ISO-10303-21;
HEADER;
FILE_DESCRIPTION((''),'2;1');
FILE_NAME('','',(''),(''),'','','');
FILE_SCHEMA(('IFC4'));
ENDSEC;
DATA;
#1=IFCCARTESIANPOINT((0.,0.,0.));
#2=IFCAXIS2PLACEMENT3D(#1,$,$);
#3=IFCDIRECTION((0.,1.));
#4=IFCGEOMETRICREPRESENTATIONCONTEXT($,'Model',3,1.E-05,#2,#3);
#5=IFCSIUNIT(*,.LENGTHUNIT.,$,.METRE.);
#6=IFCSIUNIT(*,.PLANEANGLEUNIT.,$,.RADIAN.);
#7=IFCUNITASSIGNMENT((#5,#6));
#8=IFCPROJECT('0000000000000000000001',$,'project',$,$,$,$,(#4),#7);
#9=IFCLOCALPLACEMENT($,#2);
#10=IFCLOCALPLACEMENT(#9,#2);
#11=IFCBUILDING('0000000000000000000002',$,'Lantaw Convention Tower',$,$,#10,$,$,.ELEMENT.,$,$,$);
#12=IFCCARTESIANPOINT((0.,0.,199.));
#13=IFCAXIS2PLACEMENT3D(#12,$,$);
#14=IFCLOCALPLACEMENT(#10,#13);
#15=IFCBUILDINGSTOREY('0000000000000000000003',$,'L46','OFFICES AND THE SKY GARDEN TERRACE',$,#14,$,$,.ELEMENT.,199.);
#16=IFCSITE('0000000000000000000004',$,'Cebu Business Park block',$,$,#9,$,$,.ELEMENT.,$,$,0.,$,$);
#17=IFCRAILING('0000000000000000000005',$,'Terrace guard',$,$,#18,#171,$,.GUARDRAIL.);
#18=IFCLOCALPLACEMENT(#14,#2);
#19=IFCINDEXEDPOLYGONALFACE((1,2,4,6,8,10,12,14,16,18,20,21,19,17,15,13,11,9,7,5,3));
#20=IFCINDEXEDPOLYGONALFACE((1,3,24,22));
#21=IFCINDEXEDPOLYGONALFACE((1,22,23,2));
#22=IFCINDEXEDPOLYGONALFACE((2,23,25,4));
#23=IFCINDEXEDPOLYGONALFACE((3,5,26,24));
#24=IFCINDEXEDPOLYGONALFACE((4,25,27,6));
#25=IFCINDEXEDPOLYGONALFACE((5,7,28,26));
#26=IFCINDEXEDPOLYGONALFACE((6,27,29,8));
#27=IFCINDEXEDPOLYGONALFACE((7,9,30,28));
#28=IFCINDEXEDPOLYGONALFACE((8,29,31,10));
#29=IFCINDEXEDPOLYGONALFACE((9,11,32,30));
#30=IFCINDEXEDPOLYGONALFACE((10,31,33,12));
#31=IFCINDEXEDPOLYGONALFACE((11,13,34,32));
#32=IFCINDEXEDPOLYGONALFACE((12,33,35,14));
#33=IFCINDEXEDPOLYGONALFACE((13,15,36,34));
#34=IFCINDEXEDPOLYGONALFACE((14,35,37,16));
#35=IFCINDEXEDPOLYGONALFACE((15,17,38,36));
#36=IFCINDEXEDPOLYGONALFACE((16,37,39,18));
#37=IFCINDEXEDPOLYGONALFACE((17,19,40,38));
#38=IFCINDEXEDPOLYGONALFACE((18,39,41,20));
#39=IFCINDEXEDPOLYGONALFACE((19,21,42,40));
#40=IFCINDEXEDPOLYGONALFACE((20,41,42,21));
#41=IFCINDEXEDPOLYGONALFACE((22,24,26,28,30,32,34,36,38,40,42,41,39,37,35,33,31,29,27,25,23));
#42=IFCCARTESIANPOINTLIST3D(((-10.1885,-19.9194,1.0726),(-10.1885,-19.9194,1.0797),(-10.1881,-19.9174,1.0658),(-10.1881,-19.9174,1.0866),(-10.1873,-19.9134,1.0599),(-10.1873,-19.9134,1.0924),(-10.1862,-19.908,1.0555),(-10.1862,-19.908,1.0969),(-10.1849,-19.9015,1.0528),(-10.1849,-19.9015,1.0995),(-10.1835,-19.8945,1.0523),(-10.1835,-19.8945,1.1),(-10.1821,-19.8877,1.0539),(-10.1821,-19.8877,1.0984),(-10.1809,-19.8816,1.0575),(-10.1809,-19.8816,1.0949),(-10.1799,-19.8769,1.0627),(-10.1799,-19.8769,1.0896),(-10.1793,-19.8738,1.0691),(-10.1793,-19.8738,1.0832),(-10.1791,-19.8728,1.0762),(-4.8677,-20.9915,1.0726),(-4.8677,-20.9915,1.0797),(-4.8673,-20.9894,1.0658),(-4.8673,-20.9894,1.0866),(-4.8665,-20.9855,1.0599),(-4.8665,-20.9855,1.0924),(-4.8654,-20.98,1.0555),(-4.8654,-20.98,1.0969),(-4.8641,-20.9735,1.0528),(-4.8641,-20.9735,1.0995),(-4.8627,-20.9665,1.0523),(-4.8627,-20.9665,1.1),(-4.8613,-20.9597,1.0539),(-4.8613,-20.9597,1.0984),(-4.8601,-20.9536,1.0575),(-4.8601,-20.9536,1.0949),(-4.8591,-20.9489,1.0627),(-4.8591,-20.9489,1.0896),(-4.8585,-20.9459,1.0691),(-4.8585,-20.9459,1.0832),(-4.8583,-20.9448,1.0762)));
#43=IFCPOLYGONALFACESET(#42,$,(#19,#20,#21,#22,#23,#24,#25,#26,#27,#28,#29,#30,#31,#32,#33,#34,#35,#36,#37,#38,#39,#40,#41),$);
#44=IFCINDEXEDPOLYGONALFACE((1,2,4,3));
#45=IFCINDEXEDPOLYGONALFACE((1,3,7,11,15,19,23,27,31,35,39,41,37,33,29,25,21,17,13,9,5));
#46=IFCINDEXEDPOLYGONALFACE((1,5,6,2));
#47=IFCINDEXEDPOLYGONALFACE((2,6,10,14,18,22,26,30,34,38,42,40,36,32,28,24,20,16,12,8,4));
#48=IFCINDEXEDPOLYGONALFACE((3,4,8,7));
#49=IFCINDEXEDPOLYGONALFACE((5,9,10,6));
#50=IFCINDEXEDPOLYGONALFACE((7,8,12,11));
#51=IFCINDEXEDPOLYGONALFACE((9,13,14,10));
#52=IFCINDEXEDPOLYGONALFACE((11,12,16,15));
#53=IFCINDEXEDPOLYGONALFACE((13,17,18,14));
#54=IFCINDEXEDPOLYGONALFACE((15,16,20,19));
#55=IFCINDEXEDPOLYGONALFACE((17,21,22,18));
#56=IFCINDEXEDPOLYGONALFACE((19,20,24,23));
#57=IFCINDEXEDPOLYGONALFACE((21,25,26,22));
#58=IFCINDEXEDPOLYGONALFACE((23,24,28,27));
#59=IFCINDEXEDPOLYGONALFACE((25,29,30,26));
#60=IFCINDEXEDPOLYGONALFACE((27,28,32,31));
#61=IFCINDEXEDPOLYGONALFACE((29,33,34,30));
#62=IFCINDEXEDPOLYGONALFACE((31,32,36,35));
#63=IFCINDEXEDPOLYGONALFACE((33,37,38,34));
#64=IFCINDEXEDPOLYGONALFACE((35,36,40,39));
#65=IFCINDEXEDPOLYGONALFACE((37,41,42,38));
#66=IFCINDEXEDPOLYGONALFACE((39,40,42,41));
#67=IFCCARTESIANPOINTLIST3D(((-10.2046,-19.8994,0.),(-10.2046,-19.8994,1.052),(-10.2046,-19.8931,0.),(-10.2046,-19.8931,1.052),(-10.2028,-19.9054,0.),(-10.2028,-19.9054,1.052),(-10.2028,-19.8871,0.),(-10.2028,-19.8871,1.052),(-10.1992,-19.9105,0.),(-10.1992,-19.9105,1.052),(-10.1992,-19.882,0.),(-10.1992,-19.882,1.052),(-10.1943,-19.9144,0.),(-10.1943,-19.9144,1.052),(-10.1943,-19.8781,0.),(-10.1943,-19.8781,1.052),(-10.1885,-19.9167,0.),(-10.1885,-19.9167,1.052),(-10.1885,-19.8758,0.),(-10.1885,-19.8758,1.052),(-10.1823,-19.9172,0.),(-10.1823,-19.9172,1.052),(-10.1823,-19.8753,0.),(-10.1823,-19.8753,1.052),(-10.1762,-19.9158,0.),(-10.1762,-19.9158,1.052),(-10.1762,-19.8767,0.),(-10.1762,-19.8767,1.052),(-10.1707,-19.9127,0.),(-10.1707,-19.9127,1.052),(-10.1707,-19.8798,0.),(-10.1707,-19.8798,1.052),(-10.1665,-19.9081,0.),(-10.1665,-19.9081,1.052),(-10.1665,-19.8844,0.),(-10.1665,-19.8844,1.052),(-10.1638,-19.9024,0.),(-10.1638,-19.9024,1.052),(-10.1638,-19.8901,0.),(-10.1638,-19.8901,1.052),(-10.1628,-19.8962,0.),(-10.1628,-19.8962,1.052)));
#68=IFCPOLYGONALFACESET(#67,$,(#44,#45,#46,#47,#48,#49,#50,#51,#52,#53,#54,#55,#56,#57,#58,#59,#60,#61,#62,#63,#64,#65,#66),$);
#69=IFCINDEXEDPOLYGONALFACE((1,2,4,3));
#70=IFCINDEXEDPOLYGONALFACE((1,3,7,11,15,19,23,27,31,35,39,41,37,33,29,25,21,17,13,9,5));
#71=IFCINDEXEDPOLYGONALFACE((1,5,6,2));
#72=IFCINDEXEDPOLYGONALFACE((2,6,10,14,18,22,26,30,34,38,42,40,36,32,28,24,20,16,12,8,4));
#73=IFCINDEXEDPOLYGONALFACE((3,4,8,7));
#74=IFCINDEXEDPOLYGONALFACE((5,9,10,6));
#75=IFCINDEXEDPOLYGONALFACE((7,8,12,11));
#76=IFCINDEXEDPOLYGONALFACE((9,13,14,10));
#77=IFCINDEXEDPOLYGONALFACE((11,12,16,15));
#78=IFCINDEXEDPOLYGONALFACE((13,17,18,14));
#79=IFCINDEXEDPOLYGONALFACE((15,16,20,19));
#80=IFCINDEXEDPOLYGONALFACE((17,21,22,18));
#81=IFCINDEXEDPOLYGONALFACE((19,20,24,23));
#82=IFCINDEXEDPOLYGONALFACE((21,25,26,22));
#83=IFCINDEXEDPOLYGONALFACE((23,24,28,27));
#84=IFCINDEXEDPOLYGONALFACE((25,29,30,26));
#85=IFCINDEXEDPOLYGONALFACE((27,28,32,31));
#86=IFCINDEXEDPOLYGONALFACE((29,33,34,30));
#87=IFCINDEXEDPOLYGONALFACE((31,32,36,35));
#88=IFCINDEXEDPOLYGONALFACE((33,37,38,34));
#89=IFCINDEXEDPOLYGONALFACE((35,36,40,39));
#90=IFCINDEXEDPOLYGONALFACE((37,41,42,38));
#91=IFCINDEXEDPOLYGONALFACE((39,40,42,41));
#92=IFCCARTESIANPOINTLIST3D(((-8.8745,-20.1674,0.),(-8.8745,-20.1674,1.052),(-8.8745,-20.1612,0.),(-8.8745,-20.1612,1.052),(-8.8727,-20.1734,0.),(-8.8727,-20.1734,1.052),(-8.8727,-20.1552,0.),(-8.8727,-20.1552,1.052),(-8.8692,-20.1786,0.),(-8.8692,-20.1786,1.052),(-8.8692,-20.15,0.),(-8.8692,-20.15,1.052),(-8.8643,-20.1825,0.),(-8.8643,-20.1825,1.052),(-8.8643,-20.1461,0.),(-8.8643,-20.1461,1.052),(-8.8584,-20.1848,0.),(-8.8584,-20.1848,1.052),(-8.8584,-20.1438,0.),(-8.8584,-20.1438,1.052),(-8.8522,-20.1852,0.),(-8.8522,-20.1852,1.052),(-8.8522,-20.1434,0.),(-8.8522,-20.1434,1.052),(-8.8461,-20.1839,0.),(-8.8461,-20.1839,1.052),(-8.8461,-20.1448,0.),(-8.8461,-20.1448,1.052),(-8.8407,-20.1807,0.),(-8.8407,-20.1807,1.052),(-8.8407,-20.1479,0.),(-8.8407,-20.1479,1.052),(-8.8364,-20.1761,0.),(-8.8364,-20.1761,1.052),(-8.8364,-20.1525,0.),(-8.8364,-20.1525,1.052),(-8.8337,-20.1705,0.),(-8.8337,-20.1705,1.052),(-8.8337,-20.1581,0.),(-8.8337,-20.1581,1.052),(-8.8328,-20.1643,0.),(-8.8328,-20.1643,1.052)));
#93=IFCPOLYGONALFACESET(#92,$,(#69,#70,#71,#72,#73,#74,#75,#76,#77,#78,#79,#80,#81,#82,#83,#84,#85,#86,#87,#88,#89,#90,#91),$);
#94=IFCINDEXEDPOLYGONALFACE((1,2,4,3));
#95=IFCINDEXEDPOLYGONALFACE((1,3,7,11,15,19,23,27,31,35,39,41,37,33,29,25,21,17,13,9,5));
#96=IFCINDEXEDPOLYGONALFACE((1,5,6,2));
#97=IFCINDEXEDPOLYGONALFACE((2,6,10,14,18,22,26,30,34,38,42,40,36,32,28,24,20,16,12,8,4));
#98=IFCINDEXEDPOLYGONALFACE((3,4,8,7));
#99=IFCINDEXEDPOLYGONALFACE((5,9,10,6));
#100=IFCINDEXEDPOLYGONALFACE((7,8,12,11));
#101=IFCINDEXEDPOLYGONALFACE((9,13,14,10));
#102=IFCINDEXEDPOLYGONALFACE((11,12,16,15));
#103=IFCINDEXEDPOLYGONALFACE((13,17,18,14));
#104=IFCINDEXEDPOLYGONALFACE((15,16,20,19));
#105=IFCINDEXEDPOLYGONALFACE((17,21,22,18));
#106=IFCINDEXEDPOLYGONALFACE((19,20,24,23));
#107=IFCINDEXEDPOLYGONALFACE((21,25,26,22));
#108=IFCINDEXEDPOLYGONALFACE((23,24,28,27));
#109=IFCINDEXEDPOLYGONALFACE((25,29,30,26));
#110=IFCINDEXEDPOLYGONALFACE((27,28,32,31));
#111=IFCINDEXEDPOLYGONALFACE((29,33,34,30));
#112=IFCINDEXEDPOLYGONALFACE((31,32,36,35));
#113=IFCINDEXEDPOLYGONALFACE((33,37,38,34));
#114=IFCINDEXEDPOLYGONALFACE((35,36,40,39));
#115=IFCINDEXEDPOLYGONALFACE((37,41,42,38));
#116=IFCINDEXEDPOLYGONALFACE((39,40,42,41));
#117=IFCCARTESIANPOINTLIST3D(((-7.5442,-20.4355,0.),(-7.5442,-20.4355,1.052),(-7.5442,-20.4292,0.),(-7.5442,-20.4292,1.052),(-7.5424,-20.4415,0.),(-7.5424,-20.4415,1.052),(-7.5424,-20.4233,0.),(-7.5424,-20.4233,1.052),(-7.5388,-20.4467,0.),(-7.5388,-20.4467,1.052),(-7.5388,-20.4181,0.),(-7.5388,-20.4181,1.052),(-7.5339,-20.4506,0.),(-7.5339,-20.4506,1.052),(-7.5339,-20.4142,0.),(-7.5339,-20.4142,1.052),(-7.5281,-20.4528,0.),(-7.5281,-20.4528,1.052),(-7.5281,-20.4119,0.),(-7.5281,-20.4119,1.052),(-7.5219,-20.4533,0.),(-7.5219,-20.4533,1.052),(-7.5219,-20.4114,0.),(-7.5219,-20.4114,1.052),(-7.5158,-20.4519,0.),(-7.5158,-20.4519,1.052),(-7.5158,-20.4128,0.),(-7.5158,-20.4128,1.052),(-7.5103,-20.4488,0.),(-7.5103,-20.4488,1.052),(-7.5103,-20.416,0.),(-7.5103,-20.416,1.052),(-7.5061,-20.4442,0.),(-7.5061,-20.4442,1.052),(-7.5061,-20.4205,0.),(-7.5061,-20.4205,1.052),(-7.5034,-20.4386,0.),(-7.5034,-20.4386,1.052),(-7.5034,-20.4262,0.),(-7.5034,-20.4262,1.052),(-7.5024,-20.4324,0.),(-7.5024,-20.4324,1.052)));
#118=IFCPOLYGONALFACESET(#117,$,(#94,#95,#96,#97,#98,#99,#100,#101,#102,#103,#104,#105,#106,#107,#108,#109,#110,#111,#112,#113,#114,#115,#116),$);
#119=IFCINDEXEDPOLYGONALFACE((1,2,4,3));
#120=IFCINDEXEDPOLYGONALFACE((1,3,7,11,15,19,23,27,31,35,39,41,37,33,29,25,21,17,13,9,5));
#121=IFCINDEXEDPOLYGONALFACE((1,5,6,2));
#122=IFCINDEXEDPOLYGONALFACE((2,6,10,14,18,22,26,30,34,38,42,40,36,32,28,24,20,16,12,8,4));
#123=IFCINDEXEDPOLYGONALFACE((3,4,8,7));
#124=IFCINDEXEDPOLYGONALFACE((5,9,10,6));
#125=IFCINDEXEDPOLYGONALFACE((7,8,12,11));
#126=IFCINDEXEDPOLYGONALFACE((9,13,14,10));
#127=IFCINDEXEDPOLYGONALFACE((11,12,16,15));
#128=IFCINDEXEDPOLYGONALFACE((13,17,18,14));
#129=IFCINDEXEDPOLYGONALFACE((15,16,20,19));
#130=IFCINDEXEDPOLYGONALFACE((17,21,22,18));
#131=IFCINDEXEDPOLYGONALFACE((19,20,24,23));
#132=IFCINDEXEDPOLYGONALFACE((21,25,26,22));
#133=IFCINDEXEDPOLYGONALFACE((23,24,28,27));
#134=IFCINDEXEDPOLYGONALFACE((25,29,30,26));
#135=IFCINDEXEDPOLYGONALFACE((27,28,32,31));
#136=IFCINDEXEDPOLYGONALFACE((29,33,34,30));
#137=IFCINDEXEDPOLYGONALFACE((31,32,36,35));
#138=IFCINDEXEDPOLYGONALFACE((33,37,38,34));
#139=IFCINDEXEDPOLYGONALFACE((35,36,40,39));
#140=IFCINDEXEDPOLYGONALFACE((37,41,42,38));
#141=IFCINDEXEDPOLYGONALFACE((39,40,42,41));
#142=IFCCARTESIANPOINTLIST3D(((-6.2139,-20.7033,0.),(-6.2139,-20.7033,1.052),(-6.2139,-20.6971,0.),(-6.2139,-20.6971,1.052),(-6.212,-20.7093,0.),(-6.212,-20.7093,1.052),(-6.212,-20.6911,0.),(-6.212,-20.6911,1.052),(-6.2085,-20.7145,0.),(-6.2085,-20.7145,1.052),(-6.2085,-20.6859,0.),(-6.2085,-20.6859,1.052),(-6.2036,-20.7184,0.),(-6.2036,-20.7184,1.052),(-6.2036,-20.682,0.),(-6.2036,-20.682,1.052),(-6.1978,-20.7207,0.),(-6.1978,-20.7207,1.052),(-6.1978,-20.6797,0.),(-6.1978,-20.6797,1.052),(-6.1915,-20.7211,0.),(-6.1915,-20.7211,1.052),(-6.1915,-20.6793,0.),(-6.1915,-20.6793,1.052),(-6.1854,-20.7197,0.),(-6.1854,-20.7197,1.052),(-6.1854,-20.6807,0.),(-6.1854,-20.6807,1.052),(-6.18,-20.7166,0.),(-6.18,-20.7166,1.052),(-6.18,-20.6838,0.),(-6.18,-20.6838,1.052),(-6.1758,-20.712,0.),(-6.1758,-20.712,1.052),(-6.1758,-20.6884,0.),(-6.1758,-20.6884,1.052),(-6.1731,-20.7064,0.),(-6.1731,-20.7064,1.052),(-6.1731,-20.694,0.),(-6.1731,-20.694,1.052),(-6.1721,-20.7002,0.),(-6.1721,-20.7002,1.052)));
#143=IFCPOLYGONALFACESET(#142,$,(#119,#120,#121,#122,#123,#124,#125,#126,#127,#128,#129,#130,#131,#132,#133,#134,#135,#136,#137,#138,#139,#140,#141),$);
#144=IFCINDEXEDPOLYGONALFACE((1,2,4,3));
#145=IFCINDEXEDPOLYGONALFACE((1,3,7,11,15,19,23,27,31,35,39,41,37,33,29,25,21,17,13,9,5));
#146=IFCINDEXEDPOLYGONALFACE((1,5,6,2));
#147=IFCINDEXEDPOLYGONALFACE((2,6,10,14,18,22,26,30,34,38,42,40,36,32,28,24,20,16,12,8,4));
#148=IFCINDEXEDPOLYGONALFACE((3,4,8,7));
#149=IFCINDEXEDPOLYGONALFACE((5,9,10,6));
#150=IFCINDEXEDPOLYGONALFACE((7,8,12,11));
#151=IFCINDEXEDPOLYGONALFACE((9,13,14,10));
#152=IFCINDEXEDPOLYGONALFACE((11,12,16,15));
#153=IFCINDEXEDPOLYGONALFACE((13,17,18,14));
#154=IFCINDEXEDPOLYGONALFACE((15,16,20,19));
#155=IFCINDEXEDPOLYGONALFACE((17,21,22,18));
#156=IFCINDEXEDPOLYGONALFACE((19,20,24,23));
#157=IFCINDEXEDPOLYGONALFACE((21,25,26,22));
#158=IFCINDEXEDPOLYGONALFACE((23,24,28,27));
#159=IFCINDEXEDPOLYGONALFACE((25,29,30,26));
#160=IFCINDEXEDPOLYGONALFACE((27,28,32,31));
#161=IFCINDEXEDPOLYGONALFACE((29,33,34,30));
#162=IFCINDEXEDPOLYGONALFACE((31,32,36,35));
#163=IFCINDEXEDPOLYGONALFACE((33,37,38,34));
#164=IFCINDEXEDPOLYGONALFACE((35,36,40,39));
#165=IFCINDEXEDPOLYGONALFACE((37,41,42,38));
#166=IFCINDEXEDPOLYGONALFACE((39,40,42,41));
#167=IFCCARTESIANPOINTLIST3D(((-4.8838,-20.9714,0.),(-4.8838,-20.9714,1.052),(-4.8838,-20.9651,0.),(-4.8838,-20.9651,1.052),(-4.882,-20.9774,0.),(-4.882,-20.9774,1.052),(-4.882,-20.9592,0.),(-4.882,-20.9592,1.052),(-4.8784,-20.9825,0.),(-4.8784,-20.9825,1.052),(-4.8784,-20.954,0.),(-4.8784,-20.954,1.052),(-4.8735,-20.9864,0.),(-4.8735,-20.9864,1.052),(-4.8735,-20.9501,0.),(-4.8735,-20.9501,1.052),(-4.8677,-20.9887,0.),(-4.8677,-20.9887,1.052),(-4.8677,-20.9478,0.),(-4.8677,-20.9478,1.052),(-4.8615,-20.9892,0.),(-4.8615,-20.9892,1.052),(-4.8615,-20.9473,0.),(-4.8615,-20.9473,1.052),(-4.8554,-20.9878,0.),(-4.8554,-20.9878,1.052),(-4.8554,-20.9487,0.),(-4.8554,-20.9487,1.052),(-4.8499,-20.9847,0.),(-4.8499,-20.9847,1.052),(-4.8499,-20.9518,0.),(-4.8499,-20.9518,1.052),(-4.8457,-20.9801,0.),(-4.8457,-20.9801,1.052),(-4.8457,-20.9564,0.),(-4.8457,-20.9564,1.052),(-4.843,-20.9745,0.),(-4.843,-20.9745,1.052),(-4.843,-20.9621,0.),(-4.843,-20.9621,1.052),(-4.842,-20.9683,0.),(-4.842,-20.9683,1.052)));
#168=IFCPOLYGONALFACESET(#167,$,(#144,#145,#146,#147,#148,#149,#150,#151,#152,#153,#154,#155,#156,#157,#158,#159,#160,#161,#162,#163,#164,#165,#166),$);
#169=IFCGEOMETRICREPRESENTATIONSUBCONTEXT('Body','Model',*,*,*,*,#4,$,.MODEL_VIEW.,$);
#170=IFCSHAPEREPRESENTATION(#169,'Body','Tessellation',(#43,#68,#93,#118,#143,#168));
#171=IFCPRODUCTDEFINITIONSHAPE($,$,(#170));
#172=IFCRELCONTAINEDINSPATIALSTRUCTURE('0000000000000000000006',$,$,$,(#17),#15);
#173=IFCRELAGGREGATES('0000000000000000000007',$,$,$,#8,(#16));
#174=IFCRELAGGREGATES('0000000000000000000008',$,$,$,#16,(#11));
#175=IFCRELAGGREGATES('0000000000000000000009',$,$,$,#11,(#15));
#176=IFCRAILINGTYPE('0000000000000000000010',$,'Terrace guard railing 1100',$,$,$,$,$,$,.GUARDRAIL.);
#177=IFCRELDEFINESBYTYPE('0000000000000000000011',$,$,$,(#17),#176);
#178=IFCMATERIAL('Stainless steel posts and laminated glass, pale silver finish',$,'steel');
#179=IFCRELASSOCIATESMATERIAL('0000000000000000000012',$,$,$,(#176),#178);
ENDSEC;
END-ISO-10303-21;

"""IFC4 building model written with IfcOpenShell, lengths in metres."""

from ifc_helpers import new_model, si_unit, direction, frame, origin, origin_2d, place, context, subcontext, project, spatial, circle, extrude, material, type_object, element, save


model = new_model("IFC4")

# Units and contexts
model_context = context("Model", 3, precision=1e-05, world=origin(), true_north=direction((0.0, 1.0)))
body_context = subcontext(model_context, "Body", "Model", "MODEL_VIEW")
ifc_project = project(units=[si_unit("LENGTHUNIT", "METRE"), si_unit("PLANEANGLEUNIT", "RADIAN")], contexts=[model_context])

# Site, building, storey
site_placement = place(None, origin())
site = spatial("IfcSite", under=ifc_project, at=site_placement, Name="Cebu Business Park block", CompositionType="ELEMENT", RefElevation=0.0)
building_placement = place(site_placement, origin())
building = spatial("IfcBuilding", under=site, at=building_placement, Name="Lantaw Convention Tower", CompositionType="ELEMENT")
storey_placement = place(building_placement, frame((0.0, 0.0, 199.0)))
storey = spatial("IfcBuildingStorey", under=building, at=storey_placement, Name="L46", Description="OFFICES AND THE SKY GARDEN TERRACE", CompositionType="ELEMENT", Elevation=199.0)

# Railing
ifc_material_1 = material(Name="Stainless steel posts and laminated glass, pale silver finish", Category="steel")
railing_type = type_object("IfcRailingType", Name="Terrace guard railing 1100", PredefinedType="GUARDRAIL", material=ifc_material_1)
railing_1_placement = place(storey_placement, frame((-10.1838, -19.8962, 0.0)))
element("IfcRailing", 1, at=railing_1_placement, inside=storey, type_object=railing_type, Name="Terrace guard", PredefinedType="GUARDRAIL", context=body_context, shape_type="SweptSolid", body=[
    extrude(circle(Radius=0.0239, at=origin_2d()), frame((0.0, 0.0, 1.0762), z_axis=(0.980301, -0.197509, 0.0), x_axis=(0.197509, 0.980301, 0.0)), (0.0, 0.0, 1.0), 5.4277),
    extrude(circle(Radius=0.021, at=origin_2d()), origin(), (0.0, 0.0, 1.0), 1.052),
    extrude(circle(Radius=0.021, at=origin_2d()), frame((1.3301, -0.2681, 0.0)), (0.0, 0.0, 1.0), 1.052),
    extrude(circle(Radius=0.021, at=origin_2d()), frame((2.6604, -0.5361, 0.0)), (0.0, 0.0, 1.0), 1.052),
    extrude(circle(Radius=0.021, at=origin_2d()), frame((3.9907, -0.804, 0.0)), (0.0, 0.0, 1.0), 1.052),
    extrude(circle(Radius=0.021, at=origin_2d()), frame((5.3208, -1.072, 0.0)), (0.0, 0.0, 1.0), 1.052),
])

save(model, "model.ifc")
